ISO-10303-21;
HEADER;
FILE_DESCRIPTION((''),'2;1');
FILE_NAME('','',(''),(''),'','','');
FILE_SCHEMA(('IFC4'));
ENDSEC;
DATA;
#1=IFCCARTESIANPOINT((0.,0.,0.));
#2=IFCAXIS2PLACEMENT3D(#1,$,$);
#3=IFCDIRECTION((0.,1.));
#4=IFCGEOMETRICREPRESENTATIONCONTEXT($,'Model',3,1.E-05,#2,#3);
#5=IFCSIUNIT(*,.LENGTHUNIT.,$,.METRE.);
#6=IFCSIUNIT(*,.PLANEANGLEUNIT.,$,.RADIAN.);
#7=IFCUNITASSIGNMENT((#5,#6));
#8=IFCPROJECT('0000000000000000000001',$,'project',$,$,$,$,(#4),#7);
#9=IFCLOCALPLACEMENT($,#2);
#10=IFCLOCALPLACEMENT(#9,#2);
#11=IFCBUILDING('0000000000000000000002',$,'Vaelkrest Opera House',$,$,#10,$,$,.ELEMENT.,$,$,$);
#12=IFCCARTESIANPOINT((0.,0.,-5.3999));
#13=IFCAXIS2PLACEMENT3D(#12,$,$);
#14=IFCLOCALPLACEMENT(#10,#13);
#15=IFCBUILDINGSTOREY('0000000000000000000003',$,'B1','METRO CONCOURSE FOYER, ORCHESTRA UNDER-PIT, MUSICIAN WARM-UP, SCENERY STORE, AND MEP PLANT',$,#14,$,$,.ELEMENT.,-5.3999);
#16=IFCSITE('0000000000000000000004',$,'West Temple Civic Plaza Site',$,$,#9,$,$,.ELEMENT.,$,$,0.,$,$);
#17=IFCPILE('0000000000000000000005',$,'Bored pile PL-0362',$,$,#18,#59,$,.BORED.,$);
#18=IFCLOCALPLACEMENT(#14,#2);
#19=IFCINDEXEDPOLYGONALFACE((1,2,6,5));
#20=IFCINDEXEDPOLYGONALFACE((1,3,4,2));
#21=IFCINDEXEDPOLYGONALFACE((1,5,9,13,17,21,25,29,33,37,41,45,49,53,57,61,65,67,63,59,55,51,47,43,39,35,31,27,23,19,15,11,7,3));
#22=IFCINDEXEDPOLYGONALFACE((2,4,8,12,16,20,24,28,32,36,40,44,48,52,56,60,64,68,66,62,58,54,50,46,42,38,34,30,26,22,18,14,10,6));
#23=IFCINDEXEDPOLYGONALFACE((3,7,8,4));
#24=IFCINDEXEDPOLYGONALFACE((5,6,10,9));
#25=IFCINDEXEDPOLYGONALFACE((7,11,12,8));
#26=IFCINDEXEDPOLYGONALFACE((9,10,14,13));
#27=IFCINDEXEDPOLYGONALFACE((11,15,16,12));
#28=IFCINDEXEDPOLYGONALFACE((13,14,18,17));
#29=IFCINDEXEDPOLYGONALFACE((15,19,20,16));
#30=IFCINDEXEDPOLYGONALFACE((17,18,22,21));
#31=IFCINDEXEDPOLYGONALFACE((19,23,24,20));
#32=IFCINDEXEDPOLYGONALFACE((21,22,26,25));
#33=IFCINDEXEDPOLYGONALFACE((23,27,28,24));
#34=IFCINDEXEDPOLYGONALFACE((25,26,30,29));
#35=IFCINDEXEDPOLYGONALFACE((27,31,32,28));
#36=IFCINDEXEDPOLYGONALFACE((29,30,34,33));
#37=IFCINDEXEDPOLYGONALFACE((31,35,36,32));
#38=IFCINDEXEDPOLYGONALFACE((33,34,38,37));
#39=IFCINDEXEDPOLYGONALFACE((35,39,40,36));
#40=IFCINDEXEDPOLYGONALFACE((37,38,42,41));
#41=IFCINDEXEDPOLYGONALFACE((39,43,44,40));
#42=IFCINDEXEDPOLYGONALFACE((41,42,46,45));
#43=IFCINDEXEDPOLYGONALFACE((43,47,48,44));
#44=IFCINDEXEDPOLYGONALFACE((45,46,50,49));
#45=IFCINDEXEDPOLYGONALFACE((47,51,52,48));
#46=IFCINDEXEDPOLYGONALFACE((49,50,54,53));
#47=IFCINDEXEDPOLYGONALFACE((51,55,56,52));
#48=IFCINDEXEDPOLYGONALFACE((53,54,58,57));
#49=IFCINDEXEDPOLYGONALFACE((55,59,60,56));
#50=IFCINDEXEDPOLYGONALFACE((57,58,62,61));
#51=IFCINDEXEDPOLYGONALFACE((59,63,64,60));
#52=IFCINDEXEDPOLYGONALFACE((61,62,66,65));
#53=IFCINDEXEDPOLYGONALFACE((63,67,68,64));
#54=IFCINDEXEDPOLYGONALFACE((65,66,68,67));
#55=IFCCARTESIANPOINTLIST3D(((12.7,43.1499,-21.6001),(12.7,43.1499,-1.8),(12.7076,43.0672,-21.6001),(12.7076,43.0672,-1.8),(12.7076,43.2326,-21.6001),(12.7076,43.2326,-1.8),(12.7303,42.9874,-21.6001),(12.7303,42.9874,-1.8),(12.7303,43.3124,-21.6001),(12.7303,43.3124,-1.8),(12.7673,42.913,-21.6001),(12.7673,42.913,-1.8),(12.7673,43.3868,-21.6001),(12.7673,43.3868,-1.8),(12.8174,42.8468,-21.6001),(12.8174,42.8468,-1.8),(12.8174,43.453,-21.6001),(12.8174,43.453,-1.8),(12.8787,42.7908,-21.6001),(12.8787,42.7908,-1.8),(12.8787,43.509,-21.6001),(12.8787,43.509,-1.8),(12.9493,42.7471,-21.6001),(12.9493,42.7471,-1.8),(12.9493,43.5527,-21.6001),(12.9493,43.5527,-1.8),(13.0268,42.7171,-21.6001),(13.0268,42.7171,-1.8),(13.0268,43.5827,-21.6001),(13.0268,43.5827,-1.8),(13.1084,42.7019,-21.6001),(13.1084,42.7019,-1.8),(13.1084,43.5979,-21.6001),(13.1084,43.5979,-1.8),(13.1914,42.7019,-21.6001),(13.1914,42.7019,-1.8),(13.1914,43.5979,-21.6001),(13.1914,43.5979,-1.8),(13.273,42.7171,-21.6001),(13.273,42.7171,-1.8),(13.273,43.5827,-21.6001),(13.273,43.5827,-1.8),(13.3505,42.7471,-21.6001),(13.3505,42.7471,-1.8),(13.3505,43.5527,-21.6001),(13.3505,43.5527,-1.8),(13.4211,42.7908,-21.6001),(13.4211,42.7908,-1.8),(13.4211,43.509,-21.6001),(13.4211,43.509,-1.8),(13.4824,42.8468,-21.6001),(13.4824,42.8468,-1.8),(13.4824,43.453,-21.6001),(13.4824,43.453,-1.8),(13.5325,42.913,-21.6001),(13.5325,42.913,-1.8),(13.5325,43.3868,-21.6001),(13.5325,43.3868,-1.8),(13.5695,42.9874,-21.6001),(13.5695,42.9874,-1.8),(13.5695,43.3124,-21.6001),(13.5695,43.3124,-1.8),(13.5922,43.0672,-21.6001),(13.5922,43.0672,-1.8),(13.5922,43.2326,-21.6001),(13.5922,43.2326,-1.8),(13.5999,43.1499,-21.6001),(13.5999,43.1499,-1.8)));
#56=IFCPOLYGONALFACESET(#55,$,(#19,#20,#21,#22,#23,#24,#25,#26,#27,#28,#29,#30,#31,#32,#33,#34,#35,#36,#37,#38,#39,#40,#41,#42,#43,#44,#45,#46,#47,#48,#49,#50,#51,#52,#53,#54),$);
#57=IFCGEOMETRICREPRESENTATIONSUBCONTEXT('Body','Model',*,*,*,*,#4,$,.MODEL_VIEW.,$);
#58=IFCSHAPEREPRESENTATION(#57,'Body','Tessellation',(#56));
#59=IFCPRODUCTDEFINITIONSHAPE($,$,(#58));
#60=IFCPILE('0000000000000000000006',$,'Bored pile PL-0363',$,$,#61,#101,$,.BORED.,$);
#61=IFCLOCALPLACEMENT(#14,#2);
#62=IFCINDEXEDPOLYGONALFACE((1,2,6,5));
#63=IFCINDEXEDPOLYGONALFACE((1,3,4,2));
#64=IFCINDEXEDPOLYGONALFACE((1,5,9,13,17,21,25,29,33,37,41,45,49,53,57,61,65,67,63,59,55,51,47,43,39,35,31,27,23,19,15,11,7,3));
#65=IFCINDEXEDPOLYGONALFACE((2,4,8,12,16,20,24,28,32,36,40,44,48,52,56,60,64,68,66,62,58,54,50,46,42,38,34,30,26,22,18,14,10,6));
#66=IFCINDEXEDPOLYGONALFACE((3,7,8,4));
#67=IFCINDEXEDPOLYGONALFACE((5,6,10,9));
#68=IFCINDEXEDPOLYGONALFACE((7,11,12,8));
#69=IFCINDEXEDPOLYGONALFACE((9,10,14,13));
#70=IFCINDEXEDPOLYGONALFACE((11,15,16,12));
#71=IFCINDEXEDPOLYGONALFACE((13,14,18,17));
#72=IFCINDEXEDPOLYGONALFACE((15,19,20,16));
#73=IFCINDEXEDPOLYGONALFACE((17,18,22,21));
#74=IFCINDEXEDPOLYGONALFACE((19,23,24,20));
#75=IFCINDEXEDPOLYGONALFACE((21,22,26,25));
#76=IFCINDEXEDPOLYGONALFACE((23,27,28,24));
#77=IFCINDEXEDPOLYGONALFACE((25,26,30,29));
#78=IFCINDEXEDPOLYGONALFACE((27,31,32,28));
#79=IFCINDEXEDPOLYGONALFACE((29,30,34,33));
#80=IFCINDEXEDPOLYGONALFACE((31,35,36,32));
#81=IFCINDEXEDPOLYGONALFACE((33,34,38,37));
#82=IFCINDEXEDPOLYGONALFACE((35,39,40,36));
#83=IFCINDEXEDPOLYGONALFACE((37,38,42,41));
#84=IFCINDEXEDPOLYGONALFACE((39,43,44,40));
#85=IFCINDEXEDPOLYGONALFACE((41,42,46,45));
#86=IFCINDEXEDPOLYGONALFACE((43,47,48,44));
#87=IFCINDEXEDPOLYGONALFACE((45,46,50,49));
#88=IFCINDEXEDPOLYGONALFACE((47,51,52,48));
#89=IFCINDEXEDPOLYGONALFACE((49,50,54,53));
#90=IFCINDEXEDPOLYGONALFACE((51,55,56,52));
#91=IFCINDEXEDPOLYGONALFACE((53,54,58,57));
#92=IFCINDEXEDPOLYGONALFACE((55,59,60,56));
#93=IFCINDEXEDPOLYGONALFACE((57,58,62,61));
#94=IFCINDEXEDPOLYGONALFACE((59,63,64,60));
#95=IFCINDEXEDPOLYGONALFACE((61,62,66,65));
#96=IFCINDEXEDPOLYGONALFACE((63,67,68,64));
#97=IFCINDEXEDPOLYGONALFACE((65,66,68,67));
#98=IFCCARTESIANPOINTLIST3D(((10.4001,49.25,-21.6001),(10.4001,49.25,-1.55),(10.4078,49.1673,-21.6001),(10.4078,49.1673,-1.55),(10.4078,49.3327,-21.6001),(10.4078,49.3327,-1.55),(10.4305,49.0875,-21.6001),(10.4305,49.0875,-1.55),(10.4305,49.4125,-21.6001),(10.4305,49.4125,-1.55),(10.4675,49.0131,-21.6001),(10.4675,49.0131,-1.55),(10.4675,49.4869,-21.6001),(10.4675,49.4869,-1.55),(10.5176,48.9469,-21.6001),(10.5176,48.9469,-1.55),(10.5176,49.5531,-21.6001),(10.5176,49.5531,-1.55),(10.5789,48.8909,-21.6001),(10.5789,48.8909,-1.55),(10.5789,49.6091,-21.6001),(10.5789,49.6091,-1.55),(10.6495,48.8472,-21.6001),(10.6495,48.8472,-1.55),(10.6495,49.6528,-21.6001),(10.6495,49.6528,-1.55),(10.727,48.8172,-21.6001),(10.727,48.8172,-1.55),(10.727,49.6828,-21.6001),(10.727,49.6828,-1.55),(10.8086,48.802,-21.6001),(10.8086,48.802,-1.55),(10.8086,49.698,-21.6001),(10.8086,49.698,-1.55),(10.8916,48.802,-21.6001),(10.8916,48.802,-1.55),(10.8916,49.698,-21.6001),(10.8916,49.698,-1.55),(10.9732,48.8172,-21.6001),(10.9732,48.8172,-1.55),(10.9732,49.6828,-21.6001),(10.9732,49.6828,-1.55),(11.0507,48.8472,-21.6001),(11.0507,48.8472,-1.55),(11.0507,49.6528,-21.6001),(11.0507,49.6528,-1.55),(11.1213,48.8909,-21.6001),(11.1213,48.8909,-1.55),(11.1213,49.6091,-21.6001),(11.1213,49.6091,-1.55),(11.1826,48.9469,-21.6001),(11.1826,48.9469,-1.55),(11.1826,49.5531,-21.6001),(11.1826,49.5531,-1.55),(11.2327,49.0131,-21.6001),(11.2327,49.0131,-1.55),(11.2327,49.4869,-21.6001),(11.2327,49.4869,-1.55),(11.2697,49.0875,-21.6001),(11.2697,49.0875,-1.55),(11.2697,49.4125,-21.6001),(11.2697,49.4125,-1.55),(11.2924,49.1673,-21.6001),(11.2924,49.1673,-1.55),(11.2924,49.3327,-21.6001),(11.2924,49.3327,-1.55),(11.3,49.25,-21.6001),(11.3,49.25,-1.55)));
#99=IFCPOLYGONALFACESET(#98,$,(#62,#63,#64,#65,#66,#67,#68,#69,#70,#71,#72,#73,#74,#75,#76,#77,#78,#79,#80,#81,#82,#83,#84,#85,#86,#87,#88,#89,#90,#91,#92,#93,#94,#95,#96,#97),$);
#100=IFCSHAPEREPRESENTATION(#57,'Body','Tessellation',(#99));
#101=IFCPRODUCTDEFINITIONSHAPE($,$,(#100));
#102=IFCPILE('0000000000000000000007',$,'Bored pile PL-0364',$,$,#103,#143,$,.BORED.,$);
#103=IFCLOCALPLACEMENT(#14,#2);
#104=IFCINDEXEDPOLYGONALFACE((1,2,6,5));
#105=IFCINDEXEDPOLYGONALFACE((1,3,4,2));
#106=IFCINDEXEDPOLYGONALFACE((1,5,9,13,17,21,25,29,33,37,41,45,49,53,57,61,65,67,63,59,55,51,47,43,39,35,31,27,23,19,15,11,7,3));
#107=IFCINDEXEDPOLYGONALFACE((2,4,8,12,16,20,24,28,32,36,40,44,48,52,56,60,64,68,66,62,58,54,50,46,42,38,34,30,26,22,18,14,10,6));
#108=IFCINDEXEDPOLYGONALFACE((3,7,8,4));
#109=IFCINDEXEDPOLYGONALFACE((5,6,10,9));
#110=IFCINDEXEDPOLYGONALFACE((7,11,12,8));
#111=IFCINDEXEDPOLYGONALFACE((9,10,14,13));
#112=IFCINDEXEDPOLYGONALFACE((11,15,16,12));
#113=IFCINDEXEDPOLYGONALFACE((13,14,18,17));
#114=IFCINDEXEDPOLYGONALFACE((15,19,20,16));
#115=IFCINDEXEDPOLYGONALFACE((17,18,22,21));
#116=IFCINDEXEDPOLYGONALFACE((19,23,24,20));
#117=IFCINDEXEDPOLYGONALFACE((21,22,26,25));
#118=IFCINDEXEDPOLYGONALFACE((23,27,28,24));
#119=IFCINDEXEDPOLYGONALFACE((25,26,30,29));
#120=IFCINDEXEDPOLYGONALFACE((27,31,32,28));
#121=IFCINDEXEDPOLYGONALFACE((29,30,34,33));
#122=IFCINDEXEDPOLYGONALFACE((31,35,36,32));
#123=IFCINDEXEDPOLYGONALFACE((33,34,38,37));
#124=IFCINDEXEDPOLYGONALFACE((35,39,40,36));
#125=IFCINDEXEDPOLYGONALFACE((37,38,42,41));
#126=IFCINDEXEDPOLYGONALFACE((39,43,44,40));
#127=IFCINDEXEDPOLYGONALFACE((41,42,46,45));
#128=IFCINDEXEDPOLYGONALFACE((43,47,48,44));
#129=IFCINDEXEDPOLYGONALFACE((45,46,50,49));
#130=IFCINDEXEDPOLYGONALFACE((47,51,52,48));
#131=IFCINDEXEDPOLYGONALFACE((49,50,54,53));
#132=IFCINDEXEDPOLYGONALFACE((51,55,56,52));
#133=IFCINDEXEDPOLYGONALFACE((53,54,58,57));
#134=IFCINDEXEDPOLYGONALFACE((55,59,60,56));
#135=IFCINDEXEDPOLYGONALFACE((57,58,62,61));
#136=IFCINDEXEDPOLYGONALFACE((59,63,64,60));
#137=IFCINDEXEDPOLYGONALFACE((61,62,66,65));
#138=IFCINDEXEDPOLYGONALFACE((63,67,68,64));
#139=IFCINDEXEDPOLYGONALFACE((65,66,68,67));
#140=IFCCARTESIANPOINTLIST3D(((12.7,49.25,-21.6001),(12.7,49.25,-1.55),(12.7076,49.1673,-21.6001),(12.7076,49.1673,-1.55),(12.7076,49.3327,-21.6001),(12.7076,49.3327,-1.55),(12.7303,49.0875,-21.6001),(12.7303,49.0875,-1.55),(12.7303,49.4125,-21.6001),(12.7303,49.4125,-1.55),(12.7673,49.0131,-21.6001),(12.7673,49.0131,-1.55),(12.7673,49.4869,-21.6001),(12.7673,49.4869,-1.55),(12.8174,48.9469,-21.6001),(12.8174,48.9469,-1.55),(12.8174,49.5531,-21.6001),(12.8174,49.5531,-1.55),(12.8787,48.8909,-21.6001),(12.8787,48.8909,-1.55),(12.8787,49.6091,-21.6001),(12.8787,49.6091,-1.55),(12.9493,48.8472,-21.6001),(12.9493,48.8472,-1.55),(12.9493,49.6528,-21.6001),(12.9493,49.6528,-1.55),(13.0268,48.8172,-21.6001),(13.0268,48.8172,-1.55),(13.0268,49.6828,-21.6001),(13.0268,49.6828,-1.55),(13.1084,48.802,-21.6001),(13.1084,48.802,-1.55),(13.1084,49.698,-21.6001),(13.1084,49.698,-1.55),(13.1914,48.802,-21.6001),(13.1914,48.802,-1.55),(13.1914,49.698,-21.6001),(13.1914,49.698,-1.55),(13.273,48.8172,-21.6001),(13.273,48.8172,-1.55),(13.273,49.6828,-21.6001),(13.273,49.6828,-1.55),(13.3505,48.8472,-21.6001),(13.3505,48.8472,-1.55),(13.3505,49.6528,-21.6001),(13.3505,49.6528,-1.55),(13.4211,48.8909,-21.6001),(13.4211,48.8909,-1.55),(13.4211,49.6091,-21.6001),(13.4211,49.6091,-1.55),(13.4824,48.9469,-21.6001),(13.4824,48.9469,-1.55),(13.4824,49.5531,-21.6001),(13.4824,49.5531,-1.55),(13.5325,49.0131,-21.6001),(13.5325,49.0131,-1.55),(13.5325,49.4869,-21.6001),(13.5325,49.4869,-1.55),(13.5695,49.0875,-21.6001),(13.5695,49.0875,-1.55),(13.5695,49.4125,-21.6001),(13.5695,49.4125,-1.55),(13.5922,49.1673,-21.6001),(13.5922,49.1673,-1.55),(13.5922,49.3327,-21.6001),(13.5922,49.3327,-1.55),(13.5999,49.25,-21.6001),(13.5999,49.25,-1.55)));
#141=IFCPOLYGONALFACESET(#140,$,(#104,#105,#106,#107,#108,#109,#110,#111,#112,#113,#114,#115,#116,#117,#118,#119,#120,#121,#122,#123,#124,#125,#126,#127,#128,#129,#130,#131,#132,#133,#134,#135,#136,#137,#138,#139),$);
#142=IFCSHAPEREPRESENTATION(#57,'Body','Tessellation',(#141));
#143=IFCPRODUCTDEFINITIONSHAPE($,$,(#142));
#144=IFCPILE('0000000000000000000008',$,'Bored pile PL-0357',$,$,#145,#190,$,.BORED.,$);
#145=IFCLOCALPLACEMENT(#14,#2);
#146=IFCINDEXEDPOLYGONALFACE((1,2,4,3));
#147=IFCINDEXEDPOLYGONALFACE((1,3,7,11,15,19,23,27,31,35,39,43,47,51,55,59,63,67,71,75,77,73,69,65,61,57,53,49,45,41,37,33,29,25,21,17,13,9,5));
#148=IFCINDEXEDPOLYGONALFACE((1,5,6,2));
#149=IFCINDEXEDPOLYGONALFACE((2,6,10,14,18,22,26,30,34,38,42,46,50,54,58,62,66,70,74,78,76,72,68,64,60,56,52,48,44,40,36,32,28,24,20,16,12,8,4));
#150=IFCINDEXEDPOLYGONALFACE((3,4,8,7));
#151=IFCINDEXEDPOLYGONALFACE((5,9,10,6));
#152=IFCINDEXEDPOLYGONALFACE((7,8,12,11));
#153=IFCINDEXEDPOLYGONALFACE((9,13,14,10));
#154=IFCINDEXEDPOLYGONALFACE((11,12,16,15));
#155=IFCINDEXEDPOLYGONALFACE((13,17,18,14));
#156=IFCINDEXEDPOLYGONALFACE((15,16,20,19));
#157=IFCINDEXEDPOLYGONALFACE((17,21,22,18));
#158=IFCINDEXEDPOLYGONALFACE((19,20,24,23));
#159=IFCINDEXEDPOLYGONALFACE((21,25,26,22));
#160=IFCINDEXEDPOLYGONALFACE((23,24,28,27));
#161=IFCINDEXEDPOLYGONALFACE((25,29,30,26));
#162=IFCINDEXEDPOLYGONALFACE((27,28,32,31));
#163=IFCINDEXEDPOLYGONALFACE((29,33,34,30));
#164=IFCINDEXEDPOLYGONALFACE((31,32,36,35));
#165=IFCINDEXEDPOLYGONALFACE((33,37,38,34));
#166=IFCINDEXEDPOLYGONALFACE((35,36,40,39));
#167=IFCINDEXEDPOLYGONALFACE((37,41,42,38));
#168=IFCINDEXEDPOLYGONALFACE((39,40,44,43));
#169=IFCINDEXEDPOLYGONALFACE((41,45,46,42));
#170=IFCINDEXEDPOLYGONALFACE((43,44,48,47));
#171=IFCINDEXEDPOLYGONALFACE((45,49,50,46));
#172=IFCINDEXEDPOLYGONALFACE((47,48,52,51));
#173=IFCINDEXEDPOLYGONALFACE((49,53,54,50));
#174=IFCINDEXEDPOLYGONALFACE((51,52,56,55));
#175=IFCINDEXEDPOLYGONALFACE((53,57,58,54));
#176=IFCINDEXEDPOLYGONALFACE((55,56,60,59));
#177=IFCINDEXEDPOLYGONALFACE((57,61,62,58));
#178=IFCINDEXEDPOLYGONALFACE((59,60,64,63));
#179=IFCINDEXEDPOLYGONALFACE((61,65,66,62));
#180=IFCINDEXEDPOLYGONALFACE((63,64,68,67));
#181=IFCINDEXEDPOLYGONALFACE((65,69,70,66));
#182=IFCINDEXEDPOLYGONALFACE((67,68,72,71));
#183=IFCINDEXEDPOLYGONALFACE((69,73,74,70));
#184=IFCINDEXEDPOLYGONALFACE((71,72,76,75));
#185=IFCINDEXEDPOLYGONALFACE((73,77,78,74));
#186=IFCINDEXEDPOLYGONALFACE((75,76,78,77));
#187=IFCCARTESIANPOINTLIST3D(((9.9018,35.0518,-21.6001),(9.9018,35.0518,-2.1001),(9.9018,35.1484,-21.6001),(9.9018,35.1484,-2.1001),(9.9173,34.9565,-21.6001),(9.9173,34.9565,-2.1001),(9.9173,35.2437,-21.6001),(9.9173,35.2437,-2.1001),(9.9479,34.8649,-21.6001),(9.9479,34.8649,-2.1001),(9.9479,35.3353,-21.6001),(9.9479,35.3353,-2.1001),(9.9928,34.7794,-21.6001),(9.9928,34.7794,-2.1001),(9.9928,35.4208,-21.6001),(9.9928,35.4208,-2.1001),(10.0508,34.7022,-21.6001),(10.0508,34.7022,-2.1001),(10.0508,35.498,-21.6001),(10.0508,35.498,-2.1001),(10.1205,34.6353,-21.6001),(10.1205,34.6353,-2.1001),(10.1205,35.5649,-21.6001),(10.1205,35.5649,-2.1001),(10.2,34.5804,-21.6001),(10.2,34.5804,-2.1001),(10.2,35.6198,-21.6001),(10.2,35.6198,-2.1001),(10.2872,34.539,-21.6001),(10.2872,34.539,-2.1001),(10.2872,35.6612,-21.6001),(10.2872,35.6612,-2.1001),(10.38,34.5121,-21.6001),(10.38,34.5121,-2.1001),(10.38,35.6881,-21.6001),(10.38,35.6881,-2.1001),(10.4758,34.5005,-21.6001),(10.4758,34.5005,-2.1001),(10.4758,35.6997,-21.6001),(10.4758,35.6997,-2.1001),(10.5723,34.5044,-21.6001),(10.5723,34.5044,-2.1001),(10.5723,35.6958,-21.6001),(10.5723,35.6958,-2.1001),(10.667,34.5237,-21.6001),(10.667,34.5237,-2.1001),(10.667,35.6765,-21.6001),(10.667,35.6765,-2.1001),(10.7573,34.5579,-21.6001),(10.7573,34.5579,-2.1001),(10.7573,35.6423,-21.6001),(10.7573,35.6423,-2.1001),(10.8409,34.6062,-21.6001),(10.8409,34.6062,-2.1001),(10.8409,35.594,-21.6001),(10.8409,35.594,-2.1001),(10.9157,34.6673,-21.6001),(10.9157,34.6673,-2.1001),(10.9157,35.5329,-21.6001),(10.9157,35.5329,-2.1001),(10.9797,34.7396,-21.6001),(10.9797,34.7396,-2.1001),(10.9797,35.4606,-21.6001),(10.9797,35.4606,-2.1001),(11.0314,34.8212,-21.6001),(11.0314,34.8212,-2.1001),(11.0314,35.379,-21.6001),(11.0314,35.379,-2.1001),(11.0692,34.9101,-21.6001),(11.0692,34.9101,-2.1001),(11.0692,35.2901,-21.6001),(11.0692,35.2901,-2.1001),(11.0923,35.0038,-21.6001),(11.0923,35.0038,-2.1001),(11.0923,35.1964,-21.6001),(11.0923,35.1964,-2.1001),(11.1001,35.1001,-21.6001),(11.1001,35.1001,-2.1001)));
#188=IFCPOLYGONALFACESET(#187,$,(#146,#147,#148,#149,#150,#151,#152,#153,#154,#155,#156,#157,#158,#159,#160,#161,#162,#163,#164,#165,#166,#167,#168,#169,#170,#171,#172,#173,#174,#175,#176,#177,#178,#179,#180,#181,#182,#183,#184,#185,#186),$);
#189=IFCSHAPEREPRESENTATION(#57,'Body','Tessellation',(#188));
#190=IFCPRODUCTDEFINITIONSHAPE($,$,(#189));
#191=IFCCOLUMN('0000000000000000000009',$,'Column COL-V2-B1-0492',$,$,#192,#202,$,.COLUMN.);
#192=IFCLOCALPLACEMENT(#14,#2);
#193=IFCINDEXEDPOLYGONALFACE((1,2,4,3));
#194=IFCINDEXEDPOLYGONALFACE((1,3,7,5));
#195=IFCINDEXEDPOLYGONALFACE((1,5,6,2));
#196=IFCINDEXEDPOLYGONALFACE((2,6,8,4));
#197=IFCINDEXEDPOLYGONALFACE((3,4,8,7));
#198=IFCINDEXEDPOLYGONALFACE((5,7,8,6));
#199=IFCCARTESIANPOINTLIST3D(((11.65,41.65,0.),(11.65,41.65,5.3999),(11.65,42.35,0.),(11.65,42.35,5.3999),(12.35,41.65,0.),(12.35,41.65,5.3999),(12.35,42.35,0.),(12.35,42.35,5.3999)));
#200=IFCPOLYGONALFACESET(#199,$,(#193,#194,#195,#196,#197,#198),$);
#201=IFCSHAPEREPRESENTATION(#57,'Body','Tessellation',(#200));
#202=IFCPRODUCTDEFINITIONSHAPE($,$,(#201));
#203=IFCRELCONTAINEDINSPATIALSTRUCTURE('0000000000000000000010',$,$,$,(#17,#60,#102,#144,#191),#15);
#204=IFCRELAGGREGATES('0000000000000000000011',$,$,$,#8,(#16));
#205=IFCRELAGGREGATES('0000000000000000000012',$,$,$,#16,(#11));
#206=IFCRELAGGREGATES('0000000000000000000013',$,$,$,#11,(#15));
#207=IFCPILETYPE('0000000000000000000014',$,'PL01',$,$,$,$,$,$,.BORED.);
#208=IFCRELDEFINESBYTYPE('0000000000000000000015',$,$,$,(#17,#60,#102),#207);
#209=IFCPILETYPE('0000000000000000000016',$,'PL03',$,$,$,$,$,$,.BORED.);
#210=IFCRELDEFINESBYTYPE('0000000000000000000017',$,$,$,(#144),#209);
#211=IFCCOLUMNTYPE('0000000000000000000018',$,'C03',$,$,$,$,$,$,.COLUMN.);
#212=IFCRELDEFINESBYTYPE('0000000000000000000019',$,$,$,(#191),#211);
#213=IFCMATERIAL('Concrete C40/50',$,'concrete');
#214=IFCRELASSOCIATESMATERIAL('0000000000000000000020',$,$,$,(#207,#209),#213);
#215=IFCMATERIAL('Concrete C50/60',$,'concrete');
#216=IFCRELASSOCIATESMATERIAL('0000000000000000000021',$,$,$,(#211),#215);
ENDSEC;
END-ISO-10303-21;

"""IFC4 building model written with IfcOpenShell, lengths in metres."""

from ifc_helpers import new_model, si_unit, direction, frame, origin, origin_2d, place, context, subcontext, project, spatial, rectangle, circle, extrude, material, material_profile, profile_set, type_object, element, save


model = new_model("IFC4")

# Units and contexts
model_context = context("Model", 3, precision=1e-05, world=origin(), true_north=direction((0.0, 1.0)))
body_context = subcontext(model_context, "Body", "Model", "MODEL_VIEW")
ifc_project = project(units=[si_unit("LENGTHUNIT", "METRE"), si_unit("PLANEANGLEUNIT", "RADIAN")], contexts=[model_context])

# Site, building, storey
site_placement = place(None, origin())
site = spatial("IfcSite", under=ifc_project, at=site_placement, Name="West Temple Civic Plaza Site", CompositionType="ELEMENT", RefElevation=0.0)
building_placement = place(site_placement, origin())
building = spatial("IfcBuilding", under=site, at=building_placement, Name="Vaelkrest Opera House", CompositionType="ELEMENT")
storey_placement = place(building_placement, frame((0.0, 0.0, -5.3999)))
storey = spatial("IfcBuildingStorey", under=building, at=storey_placement, Name="B1", Description="METRO CONCOURSE FOYER, ORCHESTRA UNDER-PIT, MUSICIAN WARM-UP, SCENERY STORE, AND MEP PLANT", CompositionType="ELEMENT", Elevation=-5.3999)

# Shared definitions
ifc_material_1 = material(Name="Concrete C40/50", Category="concrete")

# Piles
ifc_material_profile_1 = material_profile(ifc_material_1, circle(Radius=0.45, at=origin_2d()), Name="PILE900")
ifc_profile_set_1 = profile_set([ifc_material_profile_1], Name="Concrete C40/50")
pile_type_1 = type_object("IfcPileType", Name="PL01", PredefinedType="BORED", material=ifc_profile_set_1)
for number, where, z_axis, x_axis, name in (
    (1, (13.1499, 43.1499, -1.8), (0.0, 0.0, -1.0), (1.0, 0.0, 0.0), "Bored pile PL-0362"),
):
    element("IfcPile", number, at=place(storey_placement, frame(where, z_axis=z_axis, x_axis=x_axis)), inside=storey, type_object=pile_type_1, Name=name, PredefinedType="BORED", context=body_context, shape_type="SweptSolid", body=[
        extrude(circle(Radius=0.45, at=origin_2d()), origin(), (0.0, 0.0, 1.0), 19.8),
    ])
for number, where, z_axis, x_axis, name in (
    (2, (10.8501, 49.25, -1.55), (0.0, 0.0, -1.0), (1.0, 0.0, 0.0), "Bored pile PL-0363"),
    (3, (13.1499, 49.25, -1.55), (0.0, 0.0, -1.0), (1.0, 0.0, 0.0), "Bored pile PL-0364"),
):
    element("IfcPile", number, at=place(storey_placement, frame(where, z_axis=z_axis, x_axis=x_axis)), inside=storey, type_object=pile_type_1, Name=name, PredefinedType="BORED", context=body_context, shape_type="SweptSolid", body=[
        extrude(circle(Radius=0.45, at=origin_2d()), origin(), (0.0, 0.0, 1.0), 20.05),
    ])
ifc_material_profile_2 = material_profile(ifc_material_1, circle(Radius=0.6001, at=origin_2d()), Name="PILE1200")
ifc_profile_set_2 = profile_set([ifc_material_profile_2], Name="Concrete C40/50")
pile_type_2 = type_object("IfcPileType", Name="PL03", PredefinedType="BORED", material=ifc_profile_set_2)
pile_1_placement = place(storey_placement, frame((10.5, 35.1001, -2.1001), z_axis=(0.0, 0.0, -1.0), x_axis=(1.0, 0.0, 0.0)))
element("IfcPile", 4, at=pile_1_placement, inside=storey, type_object=pile_type_2, Name="Bored pile PL-0357", PredefinedType="BORED", context=body_context, shape_type="SweptSolid", body=[
    extrude(circle(Radius=0.6001, at=origin_2d()), origin(), (0.0, 0.0, 1.0), 19.5),
])

# Column
ifc_material_2 = material(Name="Concrete C50/60", Category="concrete")
ifc_material_profile_3 = material_profile(ifc_material_2, rectangle(XDim=0.7, YDim=0.7, at=origin_2d()), Name="RC700X700")
ifc_profile_set_3 = profile_set([ifc_material_profile_3], Name="Concrete C50/60")
column_type = type_object("IfcColumnType", Name="C03", PredefinedType="COLUMN", material=ifc_profile_set_3)
column_placement = place(storey_placement, frame((12.0, 42.0, 0.0), z_axis=(0.0, 0.0, 1.0), x_axis=(1.0, 0.0, 0.0)))
element("IfcColumn", 5, at=column_placement, inside=storey, type_object=column_type, Name="Column COL-V2-B1-0492", PredefinedType="COLUMN", context=body_context, shape_type="SweptSolid", body=[
    extrude(rectangle(XDim=0.7, YDim=0.7, at=origin_2d()), origin(), (0.0, 0.0, 1.0), 5.3999),
])

save(model, "model.ifc")
